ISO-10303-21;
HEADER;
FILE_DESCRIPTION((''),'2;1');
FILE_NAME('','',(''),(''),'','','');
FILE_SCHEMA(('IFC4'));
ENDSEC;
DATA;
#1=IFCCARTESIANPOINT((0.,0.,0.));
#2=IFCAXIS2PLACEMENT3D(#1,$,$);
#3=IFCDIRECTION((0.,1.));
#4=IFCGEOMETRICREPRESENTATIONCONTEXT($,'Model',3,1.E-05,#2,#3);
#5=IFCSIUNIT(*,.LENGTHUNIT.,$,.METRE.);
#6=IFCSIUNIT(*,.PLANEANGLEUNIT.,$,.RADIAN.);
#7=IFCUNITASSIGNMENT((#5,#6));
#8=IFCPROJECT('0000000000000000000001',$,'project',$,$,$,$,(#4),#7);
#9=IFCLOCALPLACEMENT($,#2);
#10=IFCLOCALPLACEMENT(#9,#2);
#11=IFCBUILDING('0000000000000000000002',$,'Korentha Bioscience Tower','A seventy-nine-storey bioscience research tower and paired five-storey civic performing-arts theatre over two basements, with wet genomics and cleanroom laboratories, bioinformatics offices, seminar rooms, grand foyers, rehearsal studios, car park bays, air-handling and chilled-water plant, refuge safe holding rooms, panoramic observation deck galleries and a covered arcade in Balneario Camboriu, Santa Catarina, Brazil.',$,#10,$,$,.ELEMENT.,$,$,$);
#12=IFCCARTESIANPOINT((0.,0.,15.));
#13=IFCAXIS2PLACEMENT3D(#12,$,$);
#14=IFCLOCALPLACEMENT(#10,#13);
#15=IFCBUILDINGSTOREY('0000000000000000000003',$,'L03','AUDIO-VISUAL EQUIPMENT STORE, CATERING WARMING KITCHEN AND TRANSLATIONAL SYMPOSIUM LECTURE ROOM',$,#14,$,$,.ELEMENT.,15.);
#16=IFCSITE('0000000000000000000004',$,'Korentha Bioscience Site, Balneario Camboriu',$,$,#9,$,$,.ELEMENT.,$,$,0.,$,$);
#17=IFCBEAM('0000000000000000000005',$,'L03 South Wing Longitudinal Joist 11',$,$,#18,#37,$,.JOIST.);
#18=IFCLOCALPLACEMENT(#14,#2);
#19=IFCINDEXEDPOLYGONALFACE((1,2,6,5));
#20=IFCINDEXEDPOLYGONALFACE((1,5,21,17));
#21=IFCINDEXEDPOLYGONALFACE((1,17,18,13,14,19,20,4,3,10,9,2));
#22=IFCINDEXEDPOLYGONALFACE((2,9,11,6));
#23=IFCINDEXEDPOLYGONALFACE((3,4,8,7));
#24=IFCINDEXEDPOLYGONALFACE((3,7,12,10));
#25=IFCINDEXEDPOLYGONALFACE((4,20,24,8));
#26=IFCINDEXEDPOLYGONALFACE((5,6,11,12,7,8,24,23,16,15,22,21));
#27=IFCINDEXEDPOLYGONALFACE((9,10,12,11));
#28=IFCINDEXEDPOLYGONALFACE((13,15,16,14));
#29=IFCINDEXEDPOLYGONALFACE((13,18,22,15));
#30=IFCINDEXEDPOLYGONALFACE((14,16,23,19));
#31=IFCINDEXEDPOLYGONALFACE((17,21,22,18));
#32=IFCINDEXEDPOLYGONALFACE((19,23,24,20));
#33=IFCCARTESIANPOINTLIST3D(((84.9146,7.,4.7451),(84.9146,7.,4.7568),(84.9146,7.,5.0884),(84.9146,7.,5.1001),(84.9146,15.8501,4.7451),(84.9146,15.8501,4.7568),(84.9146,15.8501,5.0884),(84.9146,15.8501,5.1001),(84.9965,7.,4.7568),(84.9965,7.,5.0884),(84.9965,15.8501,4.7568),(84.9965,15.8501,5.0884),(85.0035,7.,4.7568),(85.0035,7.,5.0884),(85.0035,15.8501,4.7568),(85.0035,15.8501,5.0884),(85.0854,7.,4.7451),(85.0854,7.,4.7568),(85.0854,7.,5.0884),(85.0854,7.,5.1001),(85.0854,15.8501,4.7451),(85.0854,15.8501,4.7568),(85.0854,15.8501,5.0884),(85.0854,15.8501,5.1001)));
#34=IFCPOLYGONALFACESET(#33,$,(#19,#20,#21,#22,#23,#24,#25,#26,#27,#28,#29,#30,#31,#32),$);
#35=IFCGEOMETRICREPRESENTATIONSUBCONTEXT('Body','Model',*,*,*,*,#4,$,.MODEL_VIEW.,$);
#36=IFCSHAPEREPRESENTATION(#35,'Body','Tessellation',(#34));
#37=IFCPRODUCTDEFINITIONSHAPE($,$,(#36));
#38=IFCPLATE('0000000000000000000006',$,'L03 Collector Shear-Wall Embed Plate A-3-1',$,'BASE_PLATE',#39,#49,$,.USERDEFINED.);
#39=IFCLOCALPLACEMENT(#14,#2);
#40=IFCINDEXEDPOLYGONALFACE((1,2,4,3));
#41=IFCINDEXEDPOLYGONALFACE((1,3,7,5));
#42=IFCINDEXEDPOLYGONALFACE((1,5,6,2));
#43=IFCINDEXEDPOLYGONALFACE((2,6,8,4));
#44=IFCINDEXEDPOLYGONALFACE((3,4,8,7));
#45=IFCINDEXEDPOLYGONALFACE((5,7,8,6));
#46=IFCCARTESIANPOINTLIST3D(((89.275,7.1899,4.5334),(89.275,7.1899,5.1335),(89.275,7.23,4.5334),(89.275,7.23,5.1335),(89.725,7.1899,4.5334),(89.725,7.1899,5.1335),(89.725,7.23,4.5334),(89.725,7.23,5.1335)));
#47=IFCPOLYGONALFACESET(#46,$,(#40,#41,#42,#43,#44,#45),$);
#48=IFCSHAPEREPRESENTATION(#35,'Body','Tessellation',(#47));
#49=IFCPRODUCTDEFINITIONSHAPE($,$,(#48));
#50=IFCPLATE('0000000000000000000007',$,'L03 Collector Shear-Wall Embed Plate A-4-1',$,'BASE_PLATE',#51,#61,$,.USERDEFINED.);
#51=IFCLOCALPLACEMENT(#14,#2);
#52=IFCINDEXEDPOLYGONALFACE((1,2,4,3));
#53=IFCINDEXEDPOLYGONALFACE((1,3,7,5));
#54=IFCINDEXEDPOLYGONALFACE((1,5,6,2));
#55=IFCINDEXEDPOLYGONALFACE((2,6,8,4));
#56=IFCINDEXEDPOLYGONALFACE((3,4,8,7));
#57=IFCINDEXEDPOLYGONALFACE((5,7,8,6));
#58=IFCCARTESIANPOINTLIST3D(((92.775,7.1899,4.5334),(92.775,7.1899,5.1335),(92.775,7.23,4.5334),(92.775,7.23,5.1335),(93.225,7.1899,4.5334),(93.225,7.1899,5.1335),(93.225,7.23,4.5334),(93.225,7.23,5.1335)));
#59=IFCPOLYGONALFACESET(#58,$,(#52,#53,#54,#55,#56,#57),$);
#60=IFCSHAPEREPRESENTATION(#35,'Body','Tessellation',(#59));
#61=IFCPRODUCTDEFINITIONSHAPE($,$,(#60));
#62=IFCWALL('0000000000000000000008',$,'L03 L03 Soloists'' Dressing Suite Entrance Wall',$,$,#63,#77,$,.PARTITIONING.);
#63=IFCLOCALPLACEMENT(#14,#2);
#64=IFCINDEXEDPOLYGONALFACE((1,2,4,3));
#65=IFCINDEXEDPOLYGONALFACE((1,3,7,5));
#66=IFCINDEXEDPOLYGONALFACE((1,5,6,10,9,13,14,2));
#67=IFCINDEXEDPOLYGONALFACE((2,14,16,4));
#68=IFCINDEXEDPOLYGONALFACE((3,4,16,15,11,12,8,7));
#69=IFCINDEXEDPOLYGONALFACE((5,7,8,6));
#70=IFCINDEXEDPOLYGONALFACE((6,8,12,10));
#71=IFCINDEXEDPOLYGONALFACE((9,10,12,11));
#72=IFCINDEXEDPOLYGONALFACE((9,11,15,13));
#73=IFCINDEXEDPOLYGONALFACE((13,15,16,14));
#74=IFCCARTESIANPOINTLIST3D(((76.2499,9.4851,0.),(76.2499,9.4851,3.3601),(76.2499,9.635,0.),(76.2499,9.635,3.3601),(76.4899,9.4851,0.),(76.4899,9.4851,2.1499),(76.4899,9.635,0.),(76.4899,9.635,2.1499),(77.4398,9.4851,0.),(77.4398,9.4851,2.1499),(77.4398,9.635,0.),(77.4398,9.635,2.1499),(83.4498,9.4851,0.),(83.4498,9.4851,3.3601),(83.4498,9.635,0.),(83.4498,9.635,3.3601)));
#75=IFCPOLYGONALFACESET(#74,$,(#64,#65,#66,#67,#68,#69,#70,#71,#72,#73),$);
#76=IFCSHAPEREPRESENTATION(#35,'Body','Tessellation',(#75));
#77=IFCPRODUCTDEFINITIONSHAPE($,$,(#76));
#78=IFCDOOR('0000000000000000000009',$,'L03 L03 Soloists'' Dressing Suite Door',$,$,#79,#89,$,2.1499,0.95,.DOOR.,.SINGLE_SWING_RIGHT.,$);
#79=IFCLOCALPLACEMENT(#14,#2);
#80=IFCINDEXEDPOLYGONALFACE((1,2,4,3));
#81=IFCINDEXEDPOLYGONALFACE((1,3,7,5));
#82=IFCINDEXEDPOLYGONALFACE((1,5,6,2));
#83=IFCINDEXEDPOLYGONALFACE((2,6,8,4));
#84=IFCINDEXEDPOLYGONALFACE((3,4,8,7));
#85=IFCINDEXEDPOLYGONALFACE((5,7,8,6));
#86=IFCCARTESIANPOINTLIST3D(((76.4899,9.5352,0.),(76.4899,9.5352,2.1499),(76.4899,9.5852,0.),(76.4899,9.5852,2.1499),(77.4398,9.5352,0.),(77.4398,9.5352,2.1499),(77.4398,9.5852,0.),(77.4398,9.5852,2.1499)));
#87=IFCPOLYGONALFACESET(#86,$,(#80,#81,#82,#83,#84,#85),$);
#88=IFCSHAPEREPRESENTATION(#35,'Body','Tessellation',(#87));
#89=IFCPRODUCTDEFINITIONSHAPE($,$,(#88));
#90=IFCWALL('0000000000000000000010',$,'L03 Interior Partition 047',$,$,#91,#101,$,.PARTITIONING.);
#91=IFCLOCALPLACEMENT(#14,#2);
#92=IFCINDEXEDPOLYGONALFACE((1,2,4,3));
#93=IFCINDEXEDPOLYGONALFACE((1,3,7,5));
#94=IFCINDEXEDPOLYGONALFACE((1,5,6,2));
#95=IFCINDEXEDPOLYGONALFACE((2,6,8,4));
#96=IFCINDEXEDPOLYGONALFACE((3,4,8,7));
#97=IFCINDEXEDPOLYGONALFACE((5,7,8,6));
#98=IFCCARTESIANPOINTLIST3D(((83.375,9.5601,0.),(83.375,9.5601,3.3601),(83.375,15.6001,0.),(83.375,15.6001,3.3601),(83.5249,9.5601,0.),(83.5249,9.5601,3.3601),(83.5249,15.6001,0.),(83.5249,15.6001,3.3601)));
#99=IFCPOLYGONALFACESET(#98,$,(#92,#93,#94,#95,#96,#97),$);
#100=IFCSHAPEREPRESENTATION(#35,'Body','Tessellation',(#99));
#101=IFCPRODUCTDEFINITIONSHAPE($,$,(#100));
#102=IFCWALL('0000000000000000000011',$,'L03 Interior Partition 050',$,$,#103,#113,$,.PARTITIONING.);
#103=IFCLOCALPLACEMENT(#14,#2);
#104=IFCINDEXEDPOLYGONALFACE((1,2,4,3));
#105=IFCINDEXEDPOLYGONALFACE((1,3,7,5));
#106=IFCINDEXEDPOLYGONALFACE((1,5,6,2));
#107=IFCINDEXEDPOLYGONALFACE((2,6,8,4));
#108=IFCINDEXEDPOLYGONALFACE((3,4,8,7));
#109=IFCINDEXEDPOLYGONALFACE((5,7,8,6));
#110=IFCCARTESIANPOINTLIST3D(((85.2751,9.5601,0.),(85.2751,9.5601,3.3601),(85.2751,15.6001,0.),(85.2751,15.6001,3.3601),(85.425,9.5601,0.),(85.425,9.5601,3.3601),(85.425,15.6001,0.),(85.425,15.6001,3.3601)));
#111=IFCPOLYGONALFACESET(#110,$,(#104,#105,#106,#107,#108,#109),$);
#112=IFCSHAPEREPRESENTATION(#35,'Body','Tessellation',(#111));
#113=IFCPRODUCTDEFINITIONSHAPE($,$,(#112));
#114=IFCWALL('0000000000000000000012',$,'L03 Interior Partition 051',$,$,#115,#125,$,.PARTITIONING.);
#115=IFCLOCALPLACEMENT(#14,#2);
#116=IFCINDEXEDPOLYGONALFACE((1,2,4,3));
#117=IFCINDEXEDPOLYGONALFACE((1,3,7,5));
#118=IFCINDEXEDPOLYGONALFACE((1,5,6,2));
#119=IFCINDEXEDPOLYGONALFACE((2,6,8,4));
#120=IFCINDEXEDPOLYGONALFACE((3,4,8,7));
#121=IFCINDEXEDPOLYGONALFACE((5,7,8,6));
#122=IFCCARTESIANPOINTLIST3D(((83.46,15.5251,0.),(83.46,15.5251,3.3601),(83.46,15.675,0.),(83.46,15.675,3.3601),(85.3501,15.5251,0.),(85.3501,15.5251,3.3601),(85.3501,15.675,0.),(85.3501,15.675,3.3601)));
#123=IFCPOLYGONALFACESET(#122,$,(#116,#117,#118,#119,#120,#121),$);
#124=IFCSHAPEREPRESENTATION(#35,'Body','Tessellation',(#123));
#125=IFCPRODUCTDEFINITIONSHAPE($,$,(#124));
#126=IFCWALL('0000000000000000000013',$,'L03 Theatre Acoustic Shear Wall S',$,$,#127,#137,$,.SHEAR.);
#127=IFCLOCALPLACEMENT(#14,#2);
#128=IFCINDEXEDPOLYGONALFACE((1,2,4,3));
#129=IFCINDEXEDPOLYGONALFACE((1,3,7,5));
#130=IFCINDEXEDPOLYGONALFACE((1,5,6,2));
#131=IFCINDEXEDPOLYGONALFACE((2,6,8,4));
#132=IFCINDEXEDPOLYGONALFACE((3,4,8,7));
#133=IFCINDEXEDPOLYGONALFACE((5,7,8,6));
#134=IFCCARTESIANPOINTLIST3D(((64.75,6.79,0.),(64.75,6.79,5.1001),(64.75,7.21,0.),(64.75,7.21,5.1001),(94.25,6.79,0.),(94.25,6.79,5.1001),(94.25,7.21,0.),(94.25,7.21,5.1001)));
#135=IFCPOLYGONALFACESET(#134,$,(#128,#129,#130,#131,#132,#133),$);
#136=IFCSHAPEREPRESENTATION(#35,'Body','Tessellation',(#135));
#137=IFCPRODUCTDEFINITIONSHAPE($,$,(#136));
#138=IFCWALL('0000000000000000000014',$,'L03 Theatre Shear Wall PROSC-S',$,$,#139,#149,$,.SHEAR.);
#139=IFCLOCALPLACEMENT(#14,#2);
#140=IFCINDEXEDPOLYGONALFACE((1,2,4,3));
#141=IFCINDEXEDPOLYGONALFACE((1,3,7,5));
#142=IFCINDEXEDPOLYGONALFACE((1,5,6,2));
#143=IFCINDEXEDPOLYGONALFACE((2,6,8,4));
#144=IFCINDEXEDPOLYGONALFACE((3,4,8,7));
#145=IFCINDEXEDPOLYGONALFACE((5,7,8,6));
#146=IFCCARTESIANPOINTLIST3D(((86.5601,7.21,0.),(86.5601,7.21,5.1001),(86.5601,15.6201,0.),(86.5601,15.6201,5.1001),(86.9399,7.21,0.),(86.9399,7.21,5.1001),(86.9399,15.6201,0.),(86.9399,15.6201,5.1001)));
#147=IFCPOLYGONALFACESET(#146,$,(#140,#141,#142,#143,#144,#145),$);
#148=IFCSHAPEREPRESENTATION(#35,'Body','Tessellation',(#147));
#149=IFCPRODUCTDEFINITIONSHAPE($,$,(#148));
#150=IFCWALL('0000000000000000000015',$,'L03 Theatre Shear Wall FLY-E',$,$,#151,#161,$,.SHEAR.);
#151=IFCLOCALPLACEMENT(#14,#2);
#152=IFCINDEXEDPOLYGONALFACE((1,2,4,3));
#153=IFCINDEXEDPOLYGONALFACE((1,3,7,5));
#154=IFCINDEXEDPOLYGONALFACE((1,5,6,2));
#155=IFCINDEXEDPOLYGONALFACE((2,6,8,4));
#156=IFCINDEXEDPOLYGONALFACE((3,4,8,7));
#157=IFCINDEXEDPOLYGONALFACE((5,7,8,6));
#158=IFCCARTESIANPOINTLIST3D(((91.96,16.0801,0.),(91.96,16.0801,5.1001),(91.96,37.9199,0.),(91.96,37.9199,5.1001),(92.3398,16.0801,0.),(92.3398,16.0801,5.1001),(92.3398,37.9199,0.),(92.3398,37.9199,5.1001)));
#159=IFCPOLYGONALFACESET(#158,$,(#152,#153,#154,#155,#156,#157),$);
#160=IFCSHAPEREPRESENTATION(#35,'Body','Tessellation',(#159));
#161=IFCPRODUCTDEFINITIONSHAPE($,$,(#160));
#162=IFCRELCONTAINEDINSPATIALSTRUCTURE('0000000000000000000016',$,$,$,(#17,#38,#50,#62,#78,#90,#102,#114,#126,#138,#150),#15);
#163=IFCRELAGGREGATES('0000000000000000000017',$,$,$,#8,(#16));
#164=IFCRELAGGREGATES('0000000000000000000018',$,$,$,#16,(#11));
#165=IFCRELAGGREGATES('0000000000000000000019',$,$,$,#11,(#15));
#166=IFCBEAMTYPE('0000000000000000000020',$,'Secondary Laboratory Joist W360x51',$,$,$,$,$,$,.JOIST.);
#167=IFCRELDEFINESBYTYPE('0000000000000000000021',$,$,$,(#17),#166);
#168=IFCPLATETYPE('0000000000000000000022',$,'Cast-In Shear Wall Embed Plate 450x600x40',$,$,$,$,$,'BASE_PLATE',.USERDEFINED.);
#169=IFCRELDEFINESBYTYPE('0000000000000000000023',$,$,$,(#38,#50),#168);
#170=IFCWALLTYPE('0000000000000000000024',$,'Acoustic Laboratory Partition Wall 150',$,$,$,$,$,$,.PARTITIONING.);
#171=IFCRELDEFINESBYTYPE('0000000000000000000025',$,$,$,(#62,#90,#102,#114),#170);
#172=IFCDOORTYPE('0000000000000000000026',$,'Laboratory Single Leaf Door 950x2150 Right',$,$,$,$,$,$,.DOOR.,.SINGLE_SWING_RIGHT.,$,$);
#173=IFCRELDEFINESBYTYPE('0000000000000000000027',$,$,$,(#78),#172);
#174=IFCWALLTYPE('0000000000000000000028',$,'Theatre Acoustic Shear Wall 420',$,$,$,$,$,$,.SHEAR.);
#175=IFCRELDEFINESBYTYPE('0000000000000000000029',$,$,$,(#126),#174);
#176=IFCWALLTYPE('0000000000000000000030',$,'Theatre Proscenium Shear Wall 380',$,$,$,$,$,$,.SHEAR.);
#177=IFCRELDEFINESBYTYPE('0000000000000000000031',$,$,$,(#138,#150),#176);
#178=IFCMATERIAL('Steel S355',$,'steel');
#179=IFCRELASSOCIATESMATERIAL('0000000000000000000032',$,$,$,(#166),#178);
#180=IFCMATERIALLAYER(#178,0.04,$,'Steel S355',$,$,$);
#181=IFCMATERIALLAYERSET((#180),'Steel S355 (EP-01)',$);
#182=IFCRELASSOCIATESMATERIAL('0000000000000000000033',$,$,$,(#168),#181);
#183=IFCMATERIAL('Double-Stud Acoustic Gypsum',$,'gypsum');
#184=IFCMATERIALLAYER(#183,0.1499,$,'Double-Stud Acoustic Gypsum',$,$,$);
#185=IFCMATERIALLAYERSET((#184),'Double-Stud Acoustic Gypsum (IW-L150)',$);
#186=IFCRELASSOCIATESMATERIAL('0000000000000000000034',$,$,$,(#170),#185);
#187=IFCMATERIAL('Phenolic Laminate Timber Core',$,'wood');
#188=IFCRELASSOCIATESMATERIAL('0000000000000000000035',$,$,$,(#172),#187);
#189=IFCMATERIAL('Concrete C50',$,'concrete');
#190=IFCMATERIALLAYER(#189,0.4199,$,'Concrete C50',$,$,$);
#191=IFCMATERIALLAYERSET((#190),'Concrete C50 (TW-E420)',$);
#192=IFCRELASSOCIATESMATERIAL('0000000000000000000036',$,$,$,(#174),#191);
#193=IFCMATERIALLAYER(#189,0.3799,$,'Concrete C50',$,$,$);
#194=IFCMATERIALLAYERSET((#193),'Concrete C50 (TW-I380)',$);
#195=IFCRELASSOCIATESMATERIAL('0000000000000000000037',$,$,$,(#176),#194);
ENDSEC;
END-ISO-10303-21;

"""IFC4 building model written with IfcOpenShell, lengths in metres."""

from ifc_helpers import new_model, si_unit, direction, frame, frame_2d, origin, origin_2d, place, context, subcontext, project, spatial, rectangle, i_section, extrude, material, layer, layer_set, material_profile, profile_set, type_object, element, fill, save


model = new_model("IFC4")

# Units and contexts
model_context = context("Model", 3, precision=1e-05, world=origin(), true_north=direction((0.0, 1.0)))
body_context = subcontext(model_context, "Body", "Model", "MODEL_VIEW")
ifc_project = project(units=[si_unit("LENGTHUNIT", "METRE"), si_unit("PLANEANGLEUNIT", "RADIAN")], contexts=[model_context])

# Site, building, storey
site_placement = place(None, origin())
site = spatial("IfcSite", under=ifc_project, at=site_placement, Name="Korentha Bioscience Site, Balneario Camboriu", CompositionType="ELEMENT", RefElevation=0.0)
building_placement = place(site_placement, origin())
building = spatial("IfcBuilding", under=site, at=building_placement, Name="Korentha Bioscience Tower", Description="A seventy-nine-storey bioscience research tower and paired five-storey civic performing-arts theatre over two basements, with wet genomics and cleanroom laboratories, bioinformatics offices, seminar rooms, grand foyers, rehearsal studios, car park bays, air-handling and chilled-water plant, refuge safe holding rooms, panoramic observation deck galleries and a covered arcade in Balneario Camboriu, Santa Catarina, Brazil.", CompositionType="ELEMENT")
storey_placement = place(building_placement, frame((0.0, 0.0, 15.0)))
storey = spatial("IfcBuildingStorey", under=building, at=storey_placement, Name="L03", Description="AUDIO-VISUAL EQUIPMENT STORE, CATERING WARMING KITCHEN AND TRANSLATIONAL SYMPOSIUM LECTURE ROOM", CompositionType="ELEMENT", Elevation=15.0)

# Shared definitions
ifc_material_1 = material(Name="Steel S355", Category="steel")
ifc_material_2 = material(Name="Concrete C50", Category="concrete")

# Beam
ifc_material_profile_1 = material_profile(ifc_material_1, i_section(OverallWidth=0.1709, OverallDepth=0.355, WebThickness=0.0071, FlangeThickness=0.0117, at=origin_2d()), Name="Steel S355")
ifc_profile_set_1 = profile_set([ifc_material_profile_1], Name="Steel S355 (JB-360)")
beam_type_1 = type_object("IfcBeamType", Name="Secondary Laboratory Joist W360x51", PredefinedType="JOIST", material=ifc_profile_set_1)
for number, where, z_axis, x_axis, name in (
    (1, (85.0, 7.0, 4.9226), (0.0, 1.0, 0.0), (-1.0, 0.0, 0.0), "L03 South Wing Longitudinal Joist 11"),
):
    element("IfcBeam", number, at=place(storey_placement, frame(where, z_axis=z_axis, x_axis=x_axis)), inside=storey, type_object=beam_type_1, Name=name, PredefinedType="JOIST", context=body_context, shape_type="SweptSolid", body=[
        extrude(i_section(OverallWidth=0.1709, OverallDepth=0.355, WebThickness=0.0071, FlangeThickness=0.0117, at=origin_2d()), origin(), (0.0, 0.0, 1.0), 8.8501),
    ])

# Plates
ifc_layer_1 = layer(ifc_material_1, 0.04, Name="Steel S355")
ifc_layer_set_1 = layer_set([ifc_layer_1], Name="Steel S355 (EP-01)")
plate_type = type_object("IfcPlateType", Name="Cast-In Shear Wall Embed Plate 450x600x40", ElementType="BASE_PLATE", PredefinedType="USERDEFINED", material=ifc_layer_set_1)
for number, where, z_axis, x_axis, name in (
    (2, (89.5, 7.21, 4.5334), (0.0, 0.0, 1.0), (1.0, 0.0, 0.0), "L03 Collector Shear-Wall Embed Plate A-3-1"),
    (3, (93.0, 7.21, 4.5334), (0.0, 0.0, 1.0), (1.0, 0.0, 0.0), "L03 Collector Shear-Wall Embed Plate A-4-1"),
):
    element("IfcPlate", number, at=place(storey_placement, frame(where, z_axis=z_axis, x_axis=x_axis)), inside=storey, type_object=plate_type, Name=name, ObjectType="BASE_PLATE", PredefinedType="USERDEFINED", context=body_context, shape_type="SweptSolid", body=[
        extrude(rectangle(XDim=0.45, YDim=0.04, at=origin_2d()), origin(), (0.0, 0.0, 1.0), 0.6001),
    ])

# Wall, opening, door
ifc_material_3 = material(Name="Double-Stud Acoustic Gypsum", Category="gypsum")
ifc_layer_2 = layer(ifc_material_3, 0.1499, Name="Double-Stud Acoustic Gypsum")
ifc_layer_set_2 = layer_set([ifc_layer_2], Name="Double-Stud Acoustic Gypsum (IW-L150)")
wall_type_1 = type_object("IfcWallType", Name="Acoustic Laboratory Partition Wall 150", PredefinedType="PARTITIONING", material=ifc_layer_set_2)
wall_1_placement = place(storey_placement, frame((83.45, 9.5601, 0.0), z_axis=(0.0, 0.0, 1.0), x_axis=(-1.0, 0.0, 0.0)))
wall_1 = element("IfcWall", 4, at=wall_1_placement, inside=storey, type_object=wall_type_1, Name="L03 L03 Soloists' Dressing Suite Entrance Wall", PredefinedType="PARTITIONING", context=body_context, shape_type="SweptSolid", body=[
    extrude(rectangle(XDim=7.2, YDim=0.1499, at=frame_2d((3.6001, 0.0))), origin(), (0.0, 0.0, 1.0), 3.3601),
])
opening_1_placement = place(wall_1_placement, frame((6.01, 0.0, 0.0)))
opening_1 = element("IfcOpeningElement", 5, at=opening_1_placement, cuts=wall_1, PredefinedType="OPENING", context=body_context, shape_type="SweptSolid", body=[
    extrude(rectangle(XDim=0.95, YDim=2.1499, at=frame_2d((0.4751, 1.075))), frame((0.0, 0.0898, 0.0), z_axis=(0.0, -1.0, 0.0), x_axis=(1.0, 0.0, 0.0)), (0.0, 0.0, 1.0), 0.1797),
])
ifc_material_4 = material(Name="Phenolic Laminate Timber Core", Category="wood")
door_type_1 = type_object("IfcDoorType", Name="Laboratory Single Leaf Door 950x2150 Right", OperationType="SINGLE_SWING_RIGHT", PredefinedType="DOOR", material=ifc_material_4)
door_1_placement = place(opening_1_placement, origin())
door_1 = element("IfcDoor", 6, at=door_1_placement, inside=storey, type_object=door_type_1, Name="L03 L03 Soloists' Dressing Suite Door", OperationType="SINGLE_SWING_RIGHT", OverallHeight=2.1499, OverallWidth=0.95, PredefinedType="DOOR", context=body_context, shape_type="SweptSolid", body=[
    extrude(rectangle(XDim=0.95, YDim=2.1499, at=frame_2d((0.4751, 1.075))), frame((0.0, 0.0249, 0.0), z_axis=(0.0, -1.0, 0.0), x_axis=(1.0, 0.0, 0.0)), (0.0, 0.0, 1.0), 0.05),
])
fill(opening_1, door_1)

# Walls
for number, where, z_axis, x_axis, name in (
    (7, (83.45, 15.6001, 0.0), (0.0, 0.0, 1.0), (0.0, -1.0, 0.0), "L03 Interior Partition 047"),
    (8, (85.3501, 15.6001, 0.0), (0.0, 0.0, 1.0), (0.0, -1.0, 0.0), "L03 Interior Partition 050"),
):
    element("IfcWall", number, at=place(storey_placement, frame(where, z_axis=z_axis, x_axis=x_axis)), inside=storey, type_object=wall_type_1, Name=name, PredefinedType="PARTITIONING", context=body_context, shape_type="SweptSolid", body=[
        extrude(rectangle(XDim=6.04, YDim=0.1499, at=frame_2d((3.02, 0.0))), origin(), (0.0, 0.0, 1.0), 3.3601),
    ])
wall_2_placement = place(storey_placement, frame((83.46, 15.6001, 0.0), z_axis=(0.0, 0.0, 1.0), x_axis=(1.0, 0.0, 0.0)))
element("IfcWall", 9, at=wall_2_placement, inside=storey, type_object=wall_type_1, Name="L03 Interior Partition 051", PredefinedType="PARTITIONING", context=body_context, shape_type="SweptSolid", body=[
    extrude(rectangle(XDim=1.8901, YDim=0.1499, at=frame_2d((0.9451, 0.0))), origin(), (0.0, 0.0, 1.0), 3.3601),
])
ifc_layer_3 = layer(ifc_material_2, 0.4199, Name="Concrete C50")
ifc_layer_set_3 = layer_set([ifc_layer_3], Name="Concrete C50 (TW-E420)")
wall_type_2 = type_object("IfcWallType", Name="Theatre Acoustic Shear Wall 420", PredefinedType="SHEAR", material=ifc_layer_set_3)
wall_3_placement = place(storey_placement, frame((94.25, 7.0, 0.0), z_axis=(0.0, 0.0, 1.0), x_axis=(-1.0, 0.0, 0.0)))
element("IfcWall", 10, at=wall_3_placement, inside=storey, type_object=wall_type_2, Name="L03 Theatre Acoustic Shear Wall S", PredefinedType="SHEAR", context=body_context, shape_type="SweptSolid", body=[
    extrude(rectangle(XDim=29.5, YDim=0.4199, at=frame_2d((14.75, 0.0))), origin(), (0.0, 0.0, 1.0), 5.1001),
])
ifc_layer_4 = layer(ifc_material_2, 0.3799, Name="Concrete C50")
ifc_layer_set_4 = layer_set([ifc_layer_4], Name="Concrete C50 (TW-I380)")
wall_type_3 = type_object("IfcWallType", Name="Theatre Proscenium Shear Wall 380", PredefinedType="SHEAR", material=ifc_layer_set_4)
wall_4_placement = place(storey_placement, frame((86.75, 7.21, 0.0), z_axis=(0.0, 0.0, 1.0), x_axis=(0.0, 1.0, 0.0)))
element("IfcWall", 11, at=wall_4_placement, inside=storey, type_object=wall_type_3, Name="L03 Theatre Shear Wall PROSC-S", PredefinedType="SHEAR", context=body_context, shape_type="SweptSolid", body=[
    extrude(rectangle(XDim=8.4102, YDim=0.3799, at=frame_2d((4.2051, 0.0))), origin(), (0.0, 0.0, 1.0), 5.1001),
])
wall_5_placement = place(storey_placement, frame((92.1499, 16.0801, 0.0), z_axis=(0.0, 0.0, 1.0), x_axis=(0.0, 1.0, 0.0)))
element("IfcWall", 12, at=wall_5_placement, inside=storey, type_object=wall_type_3, Name="L03 Theatre Shear Wall FLY-E", PredefinedType="SHEAR", context=body_context, shape_type="SweptSolid", body=[
    extrude(rectangle(XDim=21.8398, YDim=0.3799, at=frame_2d((10.9199, 0.0))), origin(), (0.0, 0.0, 1.0), 5.1001),
])

save(model, "model.ifc")
